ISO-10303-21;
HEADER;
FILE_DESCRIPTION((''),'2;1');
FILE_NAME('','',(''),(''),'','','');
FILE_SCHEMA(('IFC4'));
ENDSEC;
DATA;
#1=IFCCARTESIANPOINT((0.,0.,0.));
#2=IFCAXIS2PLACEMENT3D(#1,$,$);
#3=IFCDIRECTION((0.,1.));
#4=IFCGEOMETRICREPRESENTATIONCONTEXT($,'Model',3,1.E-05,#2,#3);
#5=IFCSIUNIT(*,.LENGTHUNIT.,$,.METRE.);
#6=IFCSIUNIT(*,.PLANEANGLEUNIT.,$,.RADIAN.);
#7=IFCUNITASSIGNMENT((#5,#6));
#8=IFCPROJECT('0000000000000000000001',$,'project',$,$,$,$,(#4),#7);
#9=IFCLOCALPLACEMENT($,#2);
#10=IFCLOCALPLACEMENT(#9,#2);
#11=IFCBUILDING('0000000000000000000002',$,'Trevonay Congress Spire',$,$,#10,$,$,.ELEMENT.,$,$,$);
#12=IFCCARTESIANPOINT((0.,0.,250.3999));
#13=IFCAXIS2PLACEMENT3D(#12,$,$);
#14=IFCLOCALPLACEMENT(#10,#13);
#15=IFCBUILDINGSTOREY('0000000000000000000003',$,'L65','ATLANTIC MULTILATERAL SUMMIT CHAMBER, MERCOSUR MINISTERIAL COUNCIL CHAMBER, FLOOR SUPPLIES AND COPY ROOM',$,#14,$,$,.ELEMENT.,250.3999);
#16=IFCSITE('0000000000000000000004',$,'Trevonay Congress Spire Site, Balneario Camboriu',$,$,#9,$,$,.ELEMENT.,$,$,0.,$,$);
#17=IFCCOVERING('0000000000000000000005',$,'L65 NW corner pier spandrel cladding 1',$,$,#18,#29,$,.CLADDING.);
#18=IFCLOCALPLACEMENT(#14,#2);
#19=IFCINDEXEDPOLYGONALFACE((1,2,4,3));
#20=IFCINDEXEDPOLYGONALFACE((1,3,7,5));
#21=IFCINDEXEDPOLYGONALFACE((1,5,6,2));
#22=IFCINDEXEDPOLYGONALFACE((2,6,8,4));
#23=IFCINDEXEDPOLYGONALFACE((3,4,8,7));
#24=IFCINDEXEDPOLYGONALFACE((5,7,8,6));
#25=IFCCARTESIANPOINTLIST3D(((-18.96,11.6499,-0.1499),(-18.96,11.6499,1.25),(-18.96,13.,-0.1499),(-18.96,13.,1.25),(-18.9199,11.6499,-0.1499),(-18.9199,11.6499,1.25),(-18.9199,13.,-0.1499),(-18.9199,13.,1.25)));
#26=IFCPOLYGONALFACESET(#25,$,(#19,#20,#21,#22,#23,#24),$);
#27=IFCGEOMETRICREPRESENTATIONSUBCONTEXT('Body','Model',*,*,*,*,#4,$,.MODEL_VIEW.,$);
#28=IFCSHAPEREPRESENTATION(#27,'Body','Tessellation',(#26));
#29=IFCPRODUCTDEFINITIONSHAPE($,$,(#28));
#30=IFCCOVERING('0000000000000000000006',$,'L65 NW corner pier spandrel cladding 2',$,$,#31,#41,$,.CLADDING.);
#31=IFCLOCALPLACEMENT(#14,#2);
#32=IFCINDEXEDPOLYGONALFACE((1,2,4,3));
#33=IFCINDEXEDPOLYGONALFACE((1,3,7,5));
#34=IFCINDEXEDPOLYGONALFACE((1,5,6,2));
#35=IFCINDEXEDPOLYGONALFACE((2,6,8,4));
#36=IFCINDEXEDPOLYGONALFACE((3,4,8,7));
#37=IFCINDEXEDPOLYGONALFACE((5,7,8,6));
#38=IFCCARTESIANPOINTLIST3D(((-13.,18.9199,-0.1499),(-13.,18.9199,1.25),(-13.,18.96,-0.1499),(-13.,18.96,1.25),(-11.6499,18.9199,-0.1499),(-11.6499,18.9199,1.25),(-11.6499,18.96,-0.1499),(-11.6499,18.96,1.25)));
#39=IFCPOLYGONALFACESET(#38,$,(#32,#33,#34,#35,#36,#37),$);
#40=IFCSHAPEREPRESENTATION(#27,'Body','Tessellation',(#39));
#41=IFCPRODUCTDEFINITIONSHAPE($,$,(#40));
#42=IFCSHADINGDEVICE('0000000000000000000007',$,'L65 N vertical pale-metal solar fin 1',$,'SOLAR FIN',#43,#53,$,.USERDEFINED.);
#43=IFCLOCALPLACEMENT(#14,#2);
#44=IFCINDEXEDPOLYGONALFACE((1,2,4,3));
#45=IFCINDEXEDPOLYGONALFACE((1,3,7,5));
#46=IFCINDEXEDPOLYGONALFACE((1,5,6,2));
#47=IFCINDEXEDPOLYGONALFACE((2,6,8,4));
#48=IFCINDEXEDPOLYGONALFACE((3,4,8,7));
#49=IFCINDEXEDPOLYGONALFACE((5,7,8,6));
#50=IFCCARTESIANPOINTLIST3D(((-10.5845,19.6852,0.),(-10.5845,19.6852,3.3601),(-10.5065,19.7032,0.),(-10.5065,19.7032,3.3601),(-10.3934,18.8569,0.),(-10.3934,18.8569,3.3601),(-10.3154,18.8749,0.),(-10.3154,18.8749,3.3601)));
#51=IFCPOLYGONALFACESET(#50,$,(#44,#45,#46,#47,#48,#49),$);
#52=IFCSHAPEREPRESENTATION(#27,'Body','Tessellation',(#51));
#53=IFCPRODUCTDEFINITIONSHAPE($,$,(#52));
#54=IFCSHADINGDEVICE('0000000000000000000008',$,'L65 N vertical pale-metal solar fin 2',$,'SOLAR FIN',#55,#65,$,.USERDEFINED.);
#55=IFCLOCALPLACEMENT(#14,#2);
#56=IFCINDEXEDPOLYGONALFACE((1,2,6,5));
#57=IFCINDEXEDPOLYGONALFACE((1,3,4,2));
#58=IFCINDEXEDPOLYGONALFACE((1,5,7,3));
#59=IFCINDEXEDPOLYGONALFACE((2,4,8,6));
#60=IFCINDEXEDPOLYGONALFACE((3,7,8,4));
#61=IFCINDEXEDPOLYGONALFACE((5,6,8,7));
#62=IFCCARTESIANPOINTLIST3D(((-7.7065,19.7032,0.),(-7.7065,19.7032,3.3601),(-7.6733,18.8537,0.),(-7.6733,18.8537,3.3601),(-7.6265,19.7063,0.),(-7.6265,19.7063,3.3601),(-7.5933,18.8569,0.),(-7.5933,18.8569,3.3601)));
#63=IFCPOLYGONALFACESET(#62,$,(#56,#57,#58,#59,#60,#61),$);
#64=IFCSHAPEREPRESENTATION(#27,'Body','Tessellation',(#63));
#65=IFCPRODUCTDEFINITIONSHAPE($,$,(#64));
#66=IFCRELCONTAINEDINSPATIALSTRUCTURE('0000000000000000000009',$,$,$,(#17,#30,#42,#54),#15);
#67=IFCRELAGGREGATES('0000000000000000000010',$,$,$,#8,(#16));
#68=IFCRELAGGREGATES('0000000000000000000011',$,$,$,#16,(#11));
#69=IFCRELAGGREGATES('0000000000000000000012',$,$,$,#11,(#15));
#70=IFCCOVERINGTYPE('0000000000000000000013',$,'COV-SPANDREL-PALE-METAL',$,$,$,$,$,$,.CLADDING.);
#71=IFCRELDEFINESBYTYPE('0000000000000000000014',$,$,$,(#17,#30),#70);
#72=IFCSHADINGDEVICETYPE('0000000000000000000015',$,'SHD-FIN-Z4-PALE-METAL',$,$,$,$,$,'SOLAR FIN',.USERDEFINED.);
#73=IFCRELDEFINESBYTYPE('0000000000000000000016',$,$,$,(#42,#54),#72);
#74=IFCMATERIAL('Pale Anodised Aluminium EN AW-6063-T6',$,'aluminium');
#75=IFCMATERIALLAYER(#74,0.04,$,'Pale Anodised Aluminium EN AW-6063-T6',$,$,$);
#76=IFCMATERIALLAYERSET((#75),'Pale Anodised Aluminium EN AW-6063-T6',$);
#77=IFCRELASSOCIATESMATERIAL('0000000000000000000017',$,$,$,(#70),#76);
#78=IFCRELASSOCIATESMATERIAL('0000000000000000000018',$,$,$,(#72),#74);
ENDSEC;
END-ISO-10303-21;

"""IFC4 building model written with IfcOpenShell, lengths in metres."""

from ifc_helpers import new_model, si_unit, direction, frame, frame_2d, origin, origin_2d, place, context, subcontext, project, spatial, rectangle, extrude, material, layer, layer_set, type_object, element, save


model = new_model("IFC4")

# Units and contexts
model_context = context("Model", 3, precision=1e-05, world=origin(), true_north=direction((0.0, 1.0)))
body_context = subcontext(model_context, "Body", "Model", "MODEL_VIEW")
ifc_project = project(units=[si_unit("LENGTHUNIT", "METRE"), si_unit("PLANEANGLEUNIT", "RADIAN")], contexts=[model_context])

# Site, building, storey
site_placement = place(None, origin())
site = spatial("IfcSite", under=ifc_project, at=site_placement, Name="Trevonay Congress Spire Site, Balneario Camboriu", CompositionType="ELEMENT", RefElevation=0.0)
building_placement = place(site_placement, origin())
building = spatial("IfcBuilding", under=site, at=building_placement, Name="Trevonay Congress Spire", CompositionType="ELEMENT")
storey_placement = place(building_placement, frame((0.0, 0.0, 250.3999)))
storey = spatial("IfcBuildingStorey", under=building, at=storey_placement, Name="L65", Description="ATLANTIC MULTILATERAL SUMMIT CHAMBER, MERCOSUR MINISTERIAL COUNCIL CHAMBER, FLOOR SUPPLIES AND COPY ROOM", CompositionType="ELEMENT", Elevation=250.3999)

# Shared definitions
ifc_material_1 = material(Name="Pale Anodised Aluminium EN AW-6063-T6", Category="aluminium")

# Coverings
ifc_layer_1 = layer(ifc_material_1, 0.04, Name="Pale Anodised Aluminium EN AW-6063-T6")
ifc_layer_set_1 = layer_set([ifc_layer_1], Name="Pale Anodised Aluminium EN AW-6063-T6")
covering_type = type_object("IfcCoveringType", Name="COV-SPANDREL-PALE-METAL", PredefinedType="CLADDING", material=ifc_layer_set_1)
for number, where, z_axis, x_axis, name in (
    (1, (-18.9399, 11.6499, -0.1499), (0.0, 0.0, 1.0), (0.0, 1.0, 0.0), "L65 NW corner pier spandrel cladding 1"),
    (2, (-11.6499, 18.9399, -0.1499), (0.0, 0.0, 1.0), (-1.0, 0.0, 0.0), "L65 NW corner pier spandrel cladding 2"),
):
    element("IfcCovering", number, at=place(storey_placement, frame(where, z_axis=z_axis, x_axis=x_axis)), inside=storey, type_object=covering_type, Name=name, PredefinedType="CLADDING", context=body_context, shape_type="SweptSolid", body=[
        extrude(rectangle(XDim=1.3501, YDim=0.04, at=frame_2d((0.675, 0.0))), origin(), (0.0, 0.0, 1.0), 1.3999),
    ])

# Shading devices
shading_device_type = type_object("IfcShadingDeviceType", Name="SHD-FIN-Z4-PALE-METAL", ElementType="SOLAR FIN", PredefinedType="USERDEFINED", material=ifc_material_1)
for number, where, z_axis, x_axis, name in (
    (3, (-10.45, 19.28, 0.0), (0.0, 0.0, 1.0), (0.974409, 0.224781, 0.0), "L65 N vertical pale-metal solar fin 1"),
    (4, (-7.6499, 19.28, 0.0), (0.0, 0.0, 1.0), (0.999236, 0.039085, 0.0), "L65 N vertical pale-metal solar fin 2"),
):
    element("IfcShadingDevice", number, at=place(storey_placement, frame(where, z_axis=z_axis, x_axis=x_axis)), inside=storey, type_object=shading_device_type, Name=name, ObjectType="SOLAR FIN", PredefinedType="USERDEFINED", context=body_context, shape_type="SweptSolid", body=[
        extrude(rectangle(XDim=0.0801, YDim=0.8501, at=origin_2d()), origin(), (0.0, 0.0, 1.0), 3.3601),
    ])

save(model, "model.ifc")
